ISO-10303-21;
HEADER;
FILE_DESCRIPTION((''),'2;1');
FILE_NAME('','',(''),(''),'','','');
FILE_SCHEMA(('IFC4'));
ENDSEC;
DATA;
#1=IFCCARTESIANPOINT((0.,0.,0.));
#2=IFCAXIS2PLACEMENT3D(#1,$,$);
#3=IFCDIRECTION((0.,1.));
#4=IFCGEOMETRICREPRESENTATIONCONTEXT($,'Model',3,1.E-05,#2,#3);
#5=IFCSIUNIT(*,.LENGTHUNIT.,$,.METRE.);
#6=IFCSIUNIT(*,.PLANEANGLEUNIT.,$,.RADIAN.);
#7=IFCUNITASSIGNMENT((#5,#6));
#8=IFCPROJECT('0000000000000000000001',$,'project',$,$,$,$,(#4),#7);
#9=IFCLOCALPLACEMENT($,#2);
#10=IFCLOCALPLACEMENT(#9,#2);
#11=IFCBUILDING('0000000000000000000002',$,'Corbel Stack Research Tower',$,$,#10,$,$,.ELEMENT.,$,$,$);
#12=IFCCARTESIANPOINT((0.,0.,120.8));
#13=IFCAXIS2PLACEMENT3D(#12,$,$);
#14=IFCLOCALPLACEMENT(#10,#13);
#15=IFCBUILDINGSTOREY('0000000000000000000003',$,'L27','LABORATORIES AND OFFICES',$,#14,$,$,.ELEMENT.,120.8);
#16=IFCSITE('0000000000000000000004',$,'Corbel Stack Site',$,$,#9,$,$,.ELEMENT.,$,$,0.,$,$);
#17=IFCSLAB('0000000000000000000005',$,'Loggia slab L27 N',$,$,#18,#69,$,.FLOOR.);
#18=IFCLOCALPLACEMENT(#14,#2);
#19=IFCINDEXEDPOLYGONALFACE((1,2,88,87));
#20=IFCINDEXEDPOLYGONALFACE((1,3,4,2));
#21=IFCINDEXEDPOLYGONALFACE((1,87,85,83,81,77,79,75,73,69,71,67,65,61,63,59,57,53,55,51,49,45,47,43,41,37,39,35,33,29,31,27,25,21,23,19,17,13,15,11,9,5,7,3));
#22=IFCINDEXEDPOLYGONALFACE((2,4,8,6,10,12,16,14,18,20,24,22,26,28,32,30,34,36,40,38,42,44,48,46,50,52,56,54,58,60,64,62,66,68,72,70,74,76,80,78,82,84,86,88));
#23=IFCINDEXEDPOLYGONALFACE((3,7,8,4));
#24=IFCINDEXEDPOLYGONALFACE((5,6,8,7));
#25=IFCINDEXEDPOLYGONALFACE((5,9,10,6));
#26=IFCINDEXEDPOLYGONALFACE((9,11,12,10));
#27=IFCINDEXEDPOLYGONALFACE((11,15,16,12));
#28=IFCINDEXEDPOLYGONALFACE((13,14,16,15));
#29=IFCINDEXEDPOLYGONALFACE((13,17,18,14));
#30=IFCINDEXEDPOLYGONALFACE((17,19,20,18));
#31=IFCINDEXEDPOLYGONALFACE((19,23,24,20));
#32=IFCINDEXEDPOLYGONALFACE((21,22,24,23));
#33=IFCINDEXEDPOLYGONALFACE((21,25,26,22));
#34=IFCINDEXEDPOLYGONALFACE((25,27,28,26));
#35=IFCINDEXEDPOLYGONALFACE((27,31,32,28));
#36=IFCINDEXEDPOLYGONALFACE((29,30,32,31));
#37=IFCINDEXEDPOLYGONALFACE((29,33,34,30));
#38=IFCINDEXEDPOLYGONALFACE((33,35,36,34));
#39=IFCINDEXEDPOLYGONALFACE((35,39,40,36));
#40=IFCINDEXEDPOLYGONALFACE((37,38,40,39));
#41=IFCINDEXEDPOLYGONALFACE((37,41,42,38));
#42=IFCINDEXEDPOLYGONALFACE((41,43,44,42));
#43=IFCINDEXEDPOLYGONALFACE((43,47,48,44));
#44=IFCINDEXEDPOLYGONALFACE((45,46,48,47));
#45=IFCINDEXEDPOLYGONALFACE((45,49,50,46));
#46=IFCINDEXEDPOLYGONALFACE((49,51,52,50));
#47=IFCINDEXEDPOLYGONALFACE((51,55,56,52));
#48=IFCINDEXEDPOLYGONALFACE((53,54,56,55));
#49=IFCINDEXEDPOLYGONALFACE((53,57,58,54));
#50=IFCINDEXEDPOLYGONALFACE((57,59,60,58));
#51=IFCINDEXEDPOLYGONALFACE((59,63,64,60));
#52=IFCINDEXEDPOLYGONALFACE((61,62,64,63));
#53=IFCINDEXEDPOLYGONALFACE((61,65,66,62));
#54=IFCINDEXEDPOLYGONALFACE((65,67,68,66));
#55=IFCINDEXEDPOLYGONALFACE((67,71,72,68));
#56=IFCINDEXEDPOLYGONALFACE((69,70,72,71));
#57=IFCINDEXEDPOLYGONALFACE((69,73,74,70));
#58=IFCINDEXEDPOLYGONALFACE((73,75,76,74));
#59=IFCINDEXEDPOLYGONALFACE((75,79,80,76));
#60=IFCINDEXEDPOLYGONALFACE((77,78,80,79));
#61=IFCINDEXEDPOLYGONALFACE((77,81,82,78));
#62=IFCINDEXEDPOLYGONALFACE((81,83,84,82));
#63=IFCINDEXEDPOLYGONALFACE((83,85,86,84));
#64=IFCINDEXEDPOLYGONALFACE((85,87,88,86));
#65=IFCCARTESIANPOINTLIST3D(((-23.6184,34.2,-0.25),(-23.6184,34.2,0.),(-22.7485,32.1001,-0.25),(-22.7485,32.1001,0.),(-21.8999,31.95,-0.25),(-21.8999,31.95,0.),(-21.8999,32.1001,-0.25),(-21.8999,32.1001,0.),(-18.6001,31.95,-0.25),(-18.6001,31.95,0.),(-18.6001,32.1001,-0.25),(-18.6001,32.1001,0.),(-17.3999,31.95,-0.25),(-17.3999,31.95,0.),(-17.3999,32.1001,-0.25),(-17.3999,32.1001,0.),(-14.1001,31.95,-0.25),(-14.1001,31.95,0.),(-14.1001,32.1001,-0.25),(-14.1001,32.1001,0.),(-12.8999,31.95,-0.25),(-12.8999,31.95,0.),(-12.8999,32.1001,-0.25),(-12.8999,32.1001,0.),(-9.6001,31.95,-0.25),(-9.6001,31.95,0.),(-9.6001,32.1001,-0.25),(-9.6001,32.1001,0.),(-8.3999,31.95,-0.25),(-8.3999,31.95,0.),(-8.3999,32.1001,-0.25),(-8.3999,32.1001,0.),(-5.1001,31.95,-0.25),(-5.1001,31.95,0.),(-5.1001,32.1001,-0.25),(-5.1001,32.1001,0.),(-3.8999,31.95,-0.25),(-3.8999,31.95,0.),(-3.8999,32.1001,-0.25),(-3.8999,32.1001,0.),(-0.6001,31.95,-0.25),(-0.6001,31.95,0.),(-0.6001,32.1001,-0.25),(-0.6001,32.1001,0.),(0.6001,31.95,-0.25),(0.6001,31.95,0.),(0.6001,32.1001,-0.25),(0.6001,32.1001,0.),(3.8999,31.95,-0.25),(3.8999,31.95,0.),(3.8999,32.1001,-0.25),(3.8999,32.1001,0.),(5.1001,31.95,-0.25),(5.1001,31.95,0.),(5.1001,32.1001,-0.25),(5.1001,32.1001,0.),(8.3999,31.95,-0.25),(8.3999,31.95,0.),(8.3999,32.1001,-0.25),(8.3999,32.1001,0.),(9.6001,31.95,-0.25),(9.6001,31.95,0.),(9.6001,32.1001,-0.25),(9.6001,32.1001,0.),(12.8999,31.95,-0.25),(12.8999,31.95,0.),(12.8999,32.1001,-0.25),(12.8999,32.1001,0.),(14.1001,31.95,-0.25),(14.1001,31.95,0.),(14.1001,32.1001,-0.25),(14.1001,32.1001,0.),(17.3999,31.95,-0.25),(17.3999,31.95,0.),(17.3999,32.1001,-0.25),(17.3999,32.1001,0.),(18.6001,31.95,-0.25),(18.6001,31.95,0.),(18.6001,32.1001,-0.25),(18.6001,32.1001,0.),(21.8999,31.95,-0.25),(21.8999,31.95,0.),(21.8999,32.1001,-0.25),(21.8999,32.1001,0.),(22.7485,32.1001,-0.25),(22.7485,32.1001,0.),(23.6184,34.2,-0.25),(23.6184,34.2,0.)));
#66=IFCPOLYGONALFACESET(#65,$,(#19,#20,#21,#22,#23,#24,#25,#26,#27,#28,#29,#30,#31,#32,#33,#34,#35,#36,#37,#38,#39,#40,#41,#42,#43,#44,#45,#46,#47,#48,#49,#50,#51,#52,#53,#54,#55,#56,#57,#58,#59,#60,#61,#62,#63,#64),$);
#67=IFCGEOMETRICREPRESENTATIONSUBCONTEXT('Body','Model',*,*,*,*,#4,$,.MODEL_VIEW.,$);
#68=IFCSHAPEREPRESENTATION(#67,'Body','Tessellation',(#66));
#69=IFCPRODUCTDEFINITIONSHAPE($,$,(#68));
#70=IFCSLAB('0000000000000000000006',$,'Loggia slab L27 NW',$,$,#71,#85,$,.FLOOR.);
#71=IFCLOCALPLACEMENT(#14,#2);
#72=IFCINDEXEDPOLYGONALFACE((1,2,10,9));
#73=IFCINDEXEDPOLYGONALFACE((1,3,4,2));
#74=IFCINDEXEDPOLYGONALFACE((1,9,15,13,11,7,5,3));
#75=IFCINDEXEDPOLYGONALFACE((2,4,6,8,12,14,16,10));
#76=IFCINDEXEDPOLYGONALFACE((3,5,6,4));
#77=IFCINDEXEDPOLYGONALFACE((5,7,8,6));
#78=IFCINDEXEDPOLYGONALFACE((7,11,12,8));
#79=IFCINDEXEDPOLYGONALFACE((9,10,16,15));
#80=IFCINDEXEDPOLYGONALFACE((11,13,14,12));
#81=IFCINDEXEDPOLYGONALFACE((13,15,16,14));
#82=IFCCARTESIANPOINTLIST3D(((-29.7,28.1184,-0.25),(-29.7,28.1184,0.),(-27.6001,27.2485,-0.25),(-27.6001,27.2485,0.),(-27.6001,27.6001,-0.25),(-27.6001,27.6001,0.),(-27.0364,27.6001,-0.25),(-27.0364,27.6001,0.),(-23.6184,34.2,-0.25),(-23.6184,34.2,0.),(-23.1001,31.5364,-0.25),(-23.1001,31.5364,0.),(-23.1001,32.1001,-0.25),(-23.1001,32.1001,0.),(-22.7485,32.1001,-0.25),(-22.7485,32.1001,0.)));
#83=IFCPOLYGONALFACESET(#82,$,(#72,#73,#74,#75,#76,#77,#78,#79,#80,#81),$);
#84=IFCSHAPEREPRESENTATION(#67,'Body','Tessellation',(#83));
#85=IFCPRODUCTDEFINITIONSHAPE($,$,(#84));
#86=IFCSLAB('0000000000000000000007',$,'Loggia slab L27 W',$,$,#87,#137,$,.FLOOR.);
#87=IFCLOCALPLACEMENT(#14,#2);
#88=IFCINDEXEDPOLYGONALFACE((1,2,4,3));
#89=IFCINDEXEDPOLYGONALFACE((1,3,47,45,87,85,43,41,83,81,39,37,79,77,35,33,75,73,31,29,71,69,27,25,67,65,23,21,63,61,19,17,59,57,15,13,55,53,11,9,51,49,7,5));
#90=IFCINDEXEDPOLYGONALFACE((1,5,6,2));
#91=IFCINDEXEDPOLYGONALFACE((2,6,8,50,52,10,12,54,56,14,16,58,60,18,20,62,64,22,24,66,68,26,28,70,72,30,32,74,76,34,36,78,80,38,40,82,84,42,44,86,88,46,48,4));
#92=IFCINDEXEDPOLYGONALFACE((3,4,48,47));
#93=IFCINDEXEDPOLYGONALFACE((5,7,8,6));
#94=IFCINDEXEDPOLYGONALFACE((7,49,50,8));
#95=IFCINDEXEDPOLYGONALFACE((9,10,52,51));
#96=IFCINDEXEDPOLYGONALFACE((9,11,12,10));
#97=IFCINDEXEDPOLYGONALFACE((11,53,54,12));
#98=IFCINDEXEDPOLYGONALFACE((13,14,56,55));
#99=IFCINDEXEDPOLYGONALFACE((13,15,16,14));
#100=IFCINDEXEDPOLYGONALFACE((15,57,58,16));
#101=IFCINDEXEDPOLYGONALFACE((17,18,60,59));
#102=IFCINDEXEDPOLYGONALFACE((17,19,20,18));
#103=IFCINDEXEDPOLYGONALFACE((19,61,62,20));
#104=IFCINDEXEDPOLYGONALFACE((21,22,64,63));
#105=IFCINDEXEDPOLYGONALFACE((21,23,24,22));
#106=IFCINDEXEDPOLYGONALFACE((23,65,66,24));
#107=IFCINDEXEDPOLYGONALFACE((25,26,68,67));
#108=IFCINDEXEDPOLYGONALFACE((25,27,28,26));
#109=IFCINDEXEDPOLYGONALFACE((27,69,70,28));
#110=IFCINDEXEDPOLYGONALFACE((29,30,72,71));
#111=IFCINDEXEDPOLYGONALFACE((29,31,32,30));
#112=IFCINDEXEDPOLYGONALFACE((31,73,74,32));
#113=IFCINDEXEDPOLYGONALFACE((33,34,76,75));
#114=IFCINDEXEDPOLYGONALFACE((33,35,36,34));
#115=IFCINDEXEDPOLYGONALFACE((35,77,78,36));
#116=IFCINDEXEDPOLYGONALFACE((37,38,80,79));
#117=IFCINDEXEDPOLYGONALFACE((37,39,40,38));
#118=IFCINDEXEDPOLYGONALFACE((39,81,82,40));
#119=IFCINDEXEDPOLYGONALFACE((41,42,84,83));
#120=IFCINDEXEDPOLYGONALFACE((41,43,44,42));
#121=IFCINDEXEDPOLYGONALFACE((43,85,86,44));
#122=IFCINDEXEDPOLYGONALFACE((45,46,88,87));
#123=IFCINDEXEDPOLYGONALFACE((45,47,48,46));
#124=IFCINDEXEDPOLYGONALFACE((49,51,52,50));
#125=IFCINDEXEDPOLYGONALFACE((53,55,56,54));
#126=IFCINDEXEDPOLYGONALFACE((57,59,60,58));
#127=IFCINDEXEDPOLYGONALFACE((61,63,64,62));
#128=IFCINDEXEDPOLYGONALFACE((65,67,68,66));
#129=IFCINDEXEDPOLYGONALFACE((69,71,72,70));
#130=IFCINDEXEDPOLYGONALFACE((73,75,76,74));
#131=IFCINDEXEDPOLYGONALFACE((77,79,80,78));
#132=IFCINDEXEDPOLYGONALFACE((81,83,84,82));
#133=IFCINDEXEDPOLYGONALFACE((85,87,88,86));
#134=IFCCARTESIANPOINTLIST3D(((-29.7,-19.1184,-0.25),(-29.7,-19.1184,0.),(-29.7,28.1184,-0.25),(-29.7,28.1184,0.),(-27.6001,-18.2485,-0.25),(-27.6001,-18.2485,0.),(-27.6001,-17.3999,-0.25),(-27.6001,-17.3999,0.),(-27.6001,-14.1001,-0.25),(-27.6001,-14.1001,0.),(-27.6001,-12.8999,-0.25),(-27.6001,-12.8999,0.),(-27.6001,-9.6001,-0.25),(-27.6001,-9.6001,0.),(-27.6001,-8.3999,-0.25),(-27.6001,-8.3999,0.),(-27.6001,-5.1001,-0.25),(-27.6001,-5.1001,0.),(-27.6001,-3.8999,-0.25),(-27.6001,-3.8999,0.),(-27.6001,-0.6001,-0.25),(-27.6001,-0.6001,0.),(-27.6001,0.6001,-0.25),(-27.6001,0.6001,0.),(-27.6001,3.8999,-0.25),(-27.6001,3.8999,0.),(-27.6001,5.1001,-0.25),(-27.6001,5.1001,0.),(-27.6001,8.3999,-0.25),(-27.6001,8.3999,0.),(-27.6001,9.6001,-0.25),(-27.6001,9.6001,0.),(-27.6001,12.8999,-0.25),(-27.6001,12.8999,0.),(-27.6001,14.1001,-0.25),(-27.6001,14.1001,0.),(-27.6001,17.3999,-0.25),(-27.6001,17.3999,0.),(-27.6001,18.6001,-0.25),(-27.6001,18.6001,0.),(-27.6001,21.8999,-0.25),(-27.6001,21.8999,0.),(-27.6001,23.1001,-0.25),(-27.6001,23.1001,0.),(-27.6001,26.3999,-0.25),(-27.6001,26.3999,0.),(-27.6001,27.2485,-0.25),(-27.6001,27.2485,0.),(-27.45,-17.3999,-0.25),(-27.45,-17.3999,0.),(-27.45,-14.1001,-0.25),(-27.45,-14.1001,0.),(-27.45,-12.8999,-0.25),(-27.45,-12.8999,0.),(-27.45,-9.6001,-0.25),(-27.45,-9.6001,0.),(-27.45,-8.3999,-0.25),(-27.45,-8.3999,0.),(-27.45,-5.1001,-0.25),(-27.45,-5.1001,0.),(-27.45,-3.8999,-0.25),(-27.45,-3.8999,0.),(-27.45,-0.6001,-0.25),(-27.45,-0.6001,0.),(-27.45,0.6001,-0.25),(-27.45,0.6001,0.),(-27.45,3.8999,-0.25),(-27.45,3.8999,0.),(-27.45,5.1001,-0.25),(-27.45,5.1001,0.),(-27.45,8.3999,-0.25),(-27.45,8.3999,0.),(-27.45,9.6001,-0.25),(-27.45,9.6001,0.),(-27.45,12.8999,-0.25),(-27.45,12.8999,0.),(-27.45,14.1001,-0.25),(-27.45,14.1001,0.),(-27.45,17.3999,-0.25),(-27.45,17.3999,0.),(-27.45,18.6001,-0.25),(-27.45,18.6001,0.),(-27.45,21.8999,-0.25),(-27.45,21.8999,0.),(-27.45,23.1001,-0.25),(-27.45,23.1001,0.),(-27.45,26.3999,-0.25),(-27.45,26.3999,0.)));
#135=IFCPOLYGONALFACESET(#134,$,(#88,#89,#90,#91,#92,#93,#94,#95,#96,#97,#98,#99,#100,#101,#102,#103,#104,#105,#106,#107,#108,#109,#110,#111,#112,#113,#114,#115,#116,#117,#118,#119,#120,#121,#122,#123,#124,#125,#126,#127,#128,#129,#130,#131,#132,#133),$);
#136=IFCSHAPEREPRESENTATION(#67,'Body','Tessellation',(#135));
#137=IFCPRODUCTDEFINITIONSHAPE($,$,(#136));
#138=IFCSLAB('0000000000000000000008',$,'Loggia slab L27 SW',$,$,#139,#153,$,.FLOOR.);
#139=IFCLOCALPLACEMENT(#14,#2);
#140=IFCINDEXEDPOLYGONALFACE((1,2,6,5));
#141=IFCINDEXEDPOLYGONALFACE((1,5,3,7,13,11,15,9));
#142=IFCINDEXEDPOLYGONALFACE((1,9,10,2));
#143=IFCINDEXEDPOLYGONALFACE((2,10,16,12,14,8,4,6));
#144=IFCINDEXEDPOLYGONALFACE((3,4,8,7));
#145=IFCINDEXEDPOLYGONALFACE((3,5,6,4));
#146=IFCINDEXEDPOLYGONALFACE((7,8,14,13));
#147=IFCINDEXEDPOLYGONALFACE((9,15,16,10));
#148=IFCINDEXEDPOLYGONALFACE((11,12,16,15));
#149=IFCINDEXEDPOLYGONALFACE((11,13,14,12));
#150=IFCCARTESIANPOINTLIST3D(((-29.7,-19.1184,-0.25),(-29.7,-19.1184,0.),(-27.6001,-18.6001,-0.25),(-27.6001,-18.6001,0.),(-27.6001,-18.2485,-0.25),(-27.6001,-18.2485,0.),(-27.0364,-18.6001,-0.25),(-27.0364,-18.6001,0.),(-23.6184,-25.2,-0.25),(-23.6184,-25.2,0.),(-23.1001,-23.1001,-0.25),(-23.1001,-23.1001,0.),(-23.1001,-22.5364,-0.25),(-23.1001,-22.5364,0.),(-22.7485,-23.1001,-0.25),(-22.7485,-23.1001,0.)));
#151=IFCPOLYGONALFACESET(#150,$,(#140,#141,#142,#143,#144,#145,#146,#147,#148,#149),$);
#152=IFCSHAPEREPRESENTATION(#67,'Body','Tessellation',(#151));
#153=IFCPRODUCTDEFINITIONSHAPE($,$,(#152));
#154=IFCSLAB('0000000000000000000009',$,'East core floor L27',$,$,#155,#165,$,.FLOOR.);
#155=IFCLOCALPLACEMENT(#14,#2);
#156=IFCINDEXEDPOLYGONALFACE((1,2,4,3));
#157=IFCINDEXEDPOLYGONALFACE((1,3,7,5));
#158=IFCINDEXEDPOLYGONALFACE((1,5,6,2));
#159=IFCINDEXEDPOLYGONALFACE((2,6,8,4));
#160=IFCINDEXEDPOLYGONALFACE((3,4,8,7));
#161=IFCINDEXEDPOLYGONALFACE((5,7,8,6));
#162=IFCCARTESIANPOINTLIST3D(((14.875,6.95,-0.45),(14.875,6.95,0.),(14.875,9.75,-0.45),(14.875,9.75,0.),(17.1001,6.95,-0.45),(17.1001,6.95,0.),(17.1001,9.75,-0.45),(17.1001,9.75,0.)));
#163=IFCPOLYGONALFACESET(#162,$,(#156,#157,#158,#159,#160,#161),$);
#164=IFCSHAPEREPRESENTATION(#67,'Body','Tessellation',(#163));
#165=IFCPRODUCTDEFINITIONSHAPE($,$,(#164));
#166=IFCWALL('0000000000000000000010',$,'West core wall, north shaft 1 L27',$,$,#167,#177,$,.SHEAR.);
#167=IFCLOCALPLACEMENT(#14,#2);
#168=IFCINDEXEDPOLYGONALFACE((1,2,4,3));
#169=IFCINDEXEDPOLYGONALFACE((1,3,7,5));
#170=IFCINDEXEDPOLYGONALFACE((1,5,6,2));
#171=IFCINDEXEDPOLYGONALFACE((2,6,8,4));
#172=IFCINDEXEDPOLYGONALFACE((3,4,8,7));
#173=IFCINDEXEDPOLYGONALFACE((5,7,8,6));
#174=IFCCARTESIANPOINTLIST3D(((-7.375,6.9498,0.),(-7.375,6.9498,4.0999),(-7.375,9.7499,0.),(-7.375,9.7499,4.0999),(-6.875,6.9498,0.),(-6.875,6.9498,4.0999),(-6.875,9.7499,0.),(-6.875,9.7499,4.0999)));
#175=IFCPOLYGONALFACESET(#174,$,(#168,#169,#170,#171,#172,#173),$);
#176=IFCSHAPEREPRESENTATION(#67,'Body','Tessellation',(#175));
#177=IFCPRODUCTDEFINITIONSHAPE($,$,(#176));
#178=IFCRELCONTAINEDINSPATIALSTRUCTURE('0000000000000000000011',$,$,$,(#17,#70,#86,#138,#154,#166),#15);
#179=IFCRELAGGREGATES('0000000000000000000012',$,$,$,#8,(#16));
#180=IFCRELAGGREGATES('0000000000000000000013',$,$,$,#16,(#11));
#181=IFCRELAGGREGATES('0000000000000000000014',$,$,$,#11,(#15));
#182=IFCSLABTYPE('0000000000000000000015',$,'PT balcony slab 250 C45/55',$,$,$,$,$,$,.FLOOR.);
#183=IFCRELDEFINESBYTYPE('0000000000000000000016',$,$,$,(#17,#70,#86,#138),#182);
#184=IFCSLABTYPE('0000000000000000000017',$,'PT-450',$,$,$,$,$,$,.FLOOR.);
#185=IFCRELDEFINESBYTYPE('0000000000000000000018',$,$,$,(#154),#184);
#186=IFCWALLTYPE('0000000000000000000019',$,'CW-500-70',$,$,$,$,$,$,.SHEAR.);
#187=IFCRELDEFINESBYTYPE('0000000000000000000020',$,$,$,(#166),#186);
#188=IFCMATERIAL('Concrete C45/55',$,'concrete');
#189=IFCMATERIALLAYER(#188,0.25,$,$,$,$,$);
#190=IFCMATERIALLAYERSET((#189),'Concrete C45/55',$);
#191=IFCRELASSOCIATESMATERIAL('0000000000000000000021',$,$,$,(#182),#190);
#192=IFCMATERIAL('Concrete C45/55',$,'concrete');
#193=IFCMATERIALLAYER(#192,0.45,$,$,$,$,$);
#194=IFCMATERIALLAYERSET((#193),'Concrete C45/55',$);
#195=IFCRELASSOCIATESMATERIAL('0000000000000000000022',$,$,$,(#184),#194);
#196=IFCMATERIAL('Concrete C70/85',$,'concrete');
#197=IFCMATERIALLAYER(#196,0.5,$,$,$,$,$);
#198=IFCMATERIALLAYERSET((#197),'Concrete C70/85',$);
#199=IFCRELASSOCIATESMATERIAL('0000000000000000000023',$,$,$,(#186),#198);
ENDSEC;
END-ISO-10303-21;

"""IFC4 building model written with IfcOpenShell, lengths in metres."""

from ifc_helpers import new_model, si_unit, direction, frame, frame_2d, origin, place, context, subcontext, project, spatial, polyline, rectangle, outline, extrude, material, layer, layer_set, type_object, element, save


model = new_model("IFC4")

# Units and contexts
model_context = context("Model", 3, precision=1e-05, world=origin(), true_north=direction((0.0, 1.0)))
body_context = subcontext(model_context, "Body", "Model", "MODEL_VIEW")
ifc_project = project(units=[si_unit("LENGTHUNIT", "METRE"), si_unit("PLANEANGLEUNIT", "RADIAN")], contexts=[model_context])

# Site, building, storey
site_placement = place(None, origin())
site = spatial("IfcSite", under=ifc_project, at=site_placement, Name="Corbel Stack Site", CompositionType="ELEMENT", RefElevation=0.0)
building_placement = place(site_placement, origin())
building = spatial("IfcBuilding", under=site, at=building_placement, Name="Corbel Stack Research Tower", CompositionType="ELEMENT")
storey_placement = place(building_placement, frame((0.0, 0.0, 120.8)))
storey = spatial("IfcBuildingStorey", under=building, at=storey_placement, Name="L27", Description="LABORATORIES AND OFFICES", CompositionType="ELEMENT", Elevation=120.8)

# Slabs
ifc_material_1 = material(Name="Concrete C45/55", Category="concrete")
ifc_layer_1 = layer(ifc_material_1, 0.25)
ifc_layer_set_1 = layer_set([ifc_layer_1], Name="Concrete C45/55")
slab_type_1 = type_object("IfcSlabType", Name="PT balcony slab 250 C45/55", PredefinedType="FLOOR", material=ifc_layer_set_1)
slab_1_placement = place(storey_placement, frame((0.0, 0.0, -0.25)))
element("IfcSlab", 1, at=slab_1_placement, inside=storey, type_object=slab_type_1, Name="Loggia slab L27 N", PredefinedType="FLOOR", context=body_context, shape_type="SweptSolid", body=[
    extrude(outline(polyline([(-22.7485, 32.1001), (-21.8999, 32.1001), (-21.8999, 31.95), (-18.6001, 31.95), (-18.6001, 32.1001), (-17.3999, 32.1001), (-17.3999, 31.95), (-14.1001, 31.95), (-14.1001, 32.1001), (-12.8999, 32.1001), (-12.8999, 31.95), (-9.6001, 31.95), (-9.6001, 32.1001), (-8.3999, 32.1001), (-8.3999, 31.95), (-5.1001, 31.95), (-5.1001, 32.1001), (-3.8999, 32.1001), (-3.8999, 31.95), (-0.6001, 31.95), (-0.6001, 32.1001), (0.6001, 32.1001), (0.6001, 31.95), (3.8999, 31.95), (3.8999, 32.1001), (5.1001, 32.1001), (5.1001, 31.95), (8.3999, 31.95), (8.3999, 32.1001), (9.6001, 32.1001), (9.6001, 31.95), (12.8999, 31.95), (12.8999, 32.1001), (14.1001, 32.1001), (14.1001, 31.95), (17.3999, 31.95), (17.3999, 32.1001), (18.6001, 32.1001), (18.6001, 31.95), (21.8999, 31.95), (21.8999, 32.1001), (22.7485, 32.1001), (23.6184, 34.2), (-23.6184, 34.2), (-22.7485, 32.1001)])), origin(), (0.0, 0.0, 1.0), 0.25),
])
slab_2_placement = place(storey_placement, frame((0.0, 0.0, -0.25)))
element("IfcSlab", 2, at=slab_2_placement, inside=storey, type_object=slab_type_1, Name="Loggia slab L27 NW", PredefinedType="FLOOR", context=body_context, shape_type="SweptSolid", body=[
    extrude(outline(polyline([(-27.6001, 27.2485), (-27.6001, 27.6001), (-27.0364, 27.6001), (-23.1001, 31.5364), (-23.1001, 32.1001), (-22.7485, 32.1001), (-23.6184, 34.2), (-29.7, 28.1184), (-27.6001, 27.2485)])), origin(), (0.0, 0.0, 1.0), 0.25),
])
slab_3_placement = place(storey_placement, frame((0.0, 0.0, -0.25)))
element("IfcSlab", 3, at=slab_3_placement, inside=storey, type_object=slab_type_1, Name="Loggia slab L27 W", PredefinedType="FLOOR", context=body_context, shape_type="SweptSolid", body=[
    extrude(outline(polyline([(-27.6001, -18.2485), (-27.6001, -17.3999), (-27.45, -17.3999), (-27.45, -14.1001), (-27.6001, -14.1001), (-27.6001, -12.8999), (-27.45, -12.8999), (-27.45, -9.6001), (-27.6001, -9.6001), (-27.6001, -8.3999), (-27.45, -8.3999), (-27.45, -5.1001), (-27.6001, -5.1001), (-27.6001, -3.8999), (-27.45, -3.8999), (-27.45, -0.6001), (-27.6001, -0.6001), (-27.6001, 0.6001), (-27.45, 0.6001), (-27.45, 3.8999), (-27.6001, 3.8999), (-27.6001, 5.1001), (-27.45, 5.1001), (-27.45, 8.3999), (-27.6001, 8.3999), (-27.6001, 9.6001), (-27.45, 9.6001), (-27.45, 12.8999), (-27.6001, 12.8999), (-27.6001, 14.1001), (-27.45, 14.1001), (-27.45, 17.3999), (-27.6001, 17.3999), (-27.6001, 18.6001), (-27.45, 18.6001), (-27.45, 21.8999), (-27.6001, 21.8999), (-27.6001, 23.1001), (-27.45, 23.1001), (-27.45, 26.3999), (-27.6001, 26.3999), (-27.6001, 27.2485), (-29.7, 28.1184), (-29.7, -19.1184), (-27.6001, -18.2485)])), origin(), (0.0, 0.0, 1.0), 0.25),
])
slab_4_placement = place(storey_placement, frame((0.0, 0.0, -0.25)))
element("IfcSlab", 4, at=slab_4_placement, inside=storey, type_object=slab_type_1, Name="Loggia slab L27 SW", PredefinedType="FLOOR", context=body_context, shape_type="SweptSolid", body=[
    extrude(outline(polyline([(-22.7485, -23.1001), (-23.1001, -23.1001), (-23.1001, -22.5364), (-27.0364, -18.6001), (-27.6001, -18.6001), (-27.6001, -18.2485), (-29.7, -19.1184), (-23.6184, -25.2), (-22.7485, -23.1001)])), origin(), (0.0, 0.0, 1.0), 0.25),
])
ifc_material_2 = material(Name="Concrete C45/55", Category="concrete")
ifc_layer_2 = layer(ifc_material_2, 0.45)
ifc_layer_set_2 = layer_set([ifc_layer_2], Name="Concrete C45/55")
slab_type_2 = type_object("IfcSlabType", Name="PT-450", PredefinedType="FLOOR", material=ifc_layer_set_2)
slab_5_placement = place(storey_placement, frame((0.0, 0.0, -0.45)))
element("IfcSlab", 5, at=slab_5_placement, inside=storey, type_object=slab_type_2, Name="East core floor L27", PredefinedType="FLOOR", context=body_context, shape_type="SweptSolid", body=[
    extrude(outline(polyline([(17.1001, 6.95), (17.1001, 9.75), (14.875, 9.75), (14.875, 6.95), (17.1001, 6.95)])), origin(), (0.0, 0.0, 1.0), 0.45),
])

# Wall
ifc_material_3 = material(Name="Concrete C70/85", Category="concrete")
ifc_layer_3 = layer(ifc_material_3, 0.5)
ifc_layer_set_3 = layer_set([ifc_layer_3], Name="Concrete C70/85")
wall_type_1 = type_object("IfcWallType", Name="CW-500-70", PredefinedType="SHEAR", material=ifc_layer_set_3)
for number, where, z_axis, x_axis, name in (
    (6, (-7.125, 6.95, 0.0), (0.0, 0.0, 1.0), (0.0, 1.0, 0.0), "West core wall, north shaft 1 L27"),
):
    element("IfcWall", number, at=place(storey_placement, frame(where, z_axis=z_axis, x_axis=x_axis)), inside=storey, type_object=wall_type_1, Name=name, PredefinedType="SHEAR", context=body_context, shape_type="SweptSolid", body=[
        extrude(rectangle(XDim=2.8, YDim=0.5, at=frame_2d((1.3999, 0.0))), origin(), (0.0, 0.0, 1.0), 4.0999),
    ])

save(model, "model.ifc")
